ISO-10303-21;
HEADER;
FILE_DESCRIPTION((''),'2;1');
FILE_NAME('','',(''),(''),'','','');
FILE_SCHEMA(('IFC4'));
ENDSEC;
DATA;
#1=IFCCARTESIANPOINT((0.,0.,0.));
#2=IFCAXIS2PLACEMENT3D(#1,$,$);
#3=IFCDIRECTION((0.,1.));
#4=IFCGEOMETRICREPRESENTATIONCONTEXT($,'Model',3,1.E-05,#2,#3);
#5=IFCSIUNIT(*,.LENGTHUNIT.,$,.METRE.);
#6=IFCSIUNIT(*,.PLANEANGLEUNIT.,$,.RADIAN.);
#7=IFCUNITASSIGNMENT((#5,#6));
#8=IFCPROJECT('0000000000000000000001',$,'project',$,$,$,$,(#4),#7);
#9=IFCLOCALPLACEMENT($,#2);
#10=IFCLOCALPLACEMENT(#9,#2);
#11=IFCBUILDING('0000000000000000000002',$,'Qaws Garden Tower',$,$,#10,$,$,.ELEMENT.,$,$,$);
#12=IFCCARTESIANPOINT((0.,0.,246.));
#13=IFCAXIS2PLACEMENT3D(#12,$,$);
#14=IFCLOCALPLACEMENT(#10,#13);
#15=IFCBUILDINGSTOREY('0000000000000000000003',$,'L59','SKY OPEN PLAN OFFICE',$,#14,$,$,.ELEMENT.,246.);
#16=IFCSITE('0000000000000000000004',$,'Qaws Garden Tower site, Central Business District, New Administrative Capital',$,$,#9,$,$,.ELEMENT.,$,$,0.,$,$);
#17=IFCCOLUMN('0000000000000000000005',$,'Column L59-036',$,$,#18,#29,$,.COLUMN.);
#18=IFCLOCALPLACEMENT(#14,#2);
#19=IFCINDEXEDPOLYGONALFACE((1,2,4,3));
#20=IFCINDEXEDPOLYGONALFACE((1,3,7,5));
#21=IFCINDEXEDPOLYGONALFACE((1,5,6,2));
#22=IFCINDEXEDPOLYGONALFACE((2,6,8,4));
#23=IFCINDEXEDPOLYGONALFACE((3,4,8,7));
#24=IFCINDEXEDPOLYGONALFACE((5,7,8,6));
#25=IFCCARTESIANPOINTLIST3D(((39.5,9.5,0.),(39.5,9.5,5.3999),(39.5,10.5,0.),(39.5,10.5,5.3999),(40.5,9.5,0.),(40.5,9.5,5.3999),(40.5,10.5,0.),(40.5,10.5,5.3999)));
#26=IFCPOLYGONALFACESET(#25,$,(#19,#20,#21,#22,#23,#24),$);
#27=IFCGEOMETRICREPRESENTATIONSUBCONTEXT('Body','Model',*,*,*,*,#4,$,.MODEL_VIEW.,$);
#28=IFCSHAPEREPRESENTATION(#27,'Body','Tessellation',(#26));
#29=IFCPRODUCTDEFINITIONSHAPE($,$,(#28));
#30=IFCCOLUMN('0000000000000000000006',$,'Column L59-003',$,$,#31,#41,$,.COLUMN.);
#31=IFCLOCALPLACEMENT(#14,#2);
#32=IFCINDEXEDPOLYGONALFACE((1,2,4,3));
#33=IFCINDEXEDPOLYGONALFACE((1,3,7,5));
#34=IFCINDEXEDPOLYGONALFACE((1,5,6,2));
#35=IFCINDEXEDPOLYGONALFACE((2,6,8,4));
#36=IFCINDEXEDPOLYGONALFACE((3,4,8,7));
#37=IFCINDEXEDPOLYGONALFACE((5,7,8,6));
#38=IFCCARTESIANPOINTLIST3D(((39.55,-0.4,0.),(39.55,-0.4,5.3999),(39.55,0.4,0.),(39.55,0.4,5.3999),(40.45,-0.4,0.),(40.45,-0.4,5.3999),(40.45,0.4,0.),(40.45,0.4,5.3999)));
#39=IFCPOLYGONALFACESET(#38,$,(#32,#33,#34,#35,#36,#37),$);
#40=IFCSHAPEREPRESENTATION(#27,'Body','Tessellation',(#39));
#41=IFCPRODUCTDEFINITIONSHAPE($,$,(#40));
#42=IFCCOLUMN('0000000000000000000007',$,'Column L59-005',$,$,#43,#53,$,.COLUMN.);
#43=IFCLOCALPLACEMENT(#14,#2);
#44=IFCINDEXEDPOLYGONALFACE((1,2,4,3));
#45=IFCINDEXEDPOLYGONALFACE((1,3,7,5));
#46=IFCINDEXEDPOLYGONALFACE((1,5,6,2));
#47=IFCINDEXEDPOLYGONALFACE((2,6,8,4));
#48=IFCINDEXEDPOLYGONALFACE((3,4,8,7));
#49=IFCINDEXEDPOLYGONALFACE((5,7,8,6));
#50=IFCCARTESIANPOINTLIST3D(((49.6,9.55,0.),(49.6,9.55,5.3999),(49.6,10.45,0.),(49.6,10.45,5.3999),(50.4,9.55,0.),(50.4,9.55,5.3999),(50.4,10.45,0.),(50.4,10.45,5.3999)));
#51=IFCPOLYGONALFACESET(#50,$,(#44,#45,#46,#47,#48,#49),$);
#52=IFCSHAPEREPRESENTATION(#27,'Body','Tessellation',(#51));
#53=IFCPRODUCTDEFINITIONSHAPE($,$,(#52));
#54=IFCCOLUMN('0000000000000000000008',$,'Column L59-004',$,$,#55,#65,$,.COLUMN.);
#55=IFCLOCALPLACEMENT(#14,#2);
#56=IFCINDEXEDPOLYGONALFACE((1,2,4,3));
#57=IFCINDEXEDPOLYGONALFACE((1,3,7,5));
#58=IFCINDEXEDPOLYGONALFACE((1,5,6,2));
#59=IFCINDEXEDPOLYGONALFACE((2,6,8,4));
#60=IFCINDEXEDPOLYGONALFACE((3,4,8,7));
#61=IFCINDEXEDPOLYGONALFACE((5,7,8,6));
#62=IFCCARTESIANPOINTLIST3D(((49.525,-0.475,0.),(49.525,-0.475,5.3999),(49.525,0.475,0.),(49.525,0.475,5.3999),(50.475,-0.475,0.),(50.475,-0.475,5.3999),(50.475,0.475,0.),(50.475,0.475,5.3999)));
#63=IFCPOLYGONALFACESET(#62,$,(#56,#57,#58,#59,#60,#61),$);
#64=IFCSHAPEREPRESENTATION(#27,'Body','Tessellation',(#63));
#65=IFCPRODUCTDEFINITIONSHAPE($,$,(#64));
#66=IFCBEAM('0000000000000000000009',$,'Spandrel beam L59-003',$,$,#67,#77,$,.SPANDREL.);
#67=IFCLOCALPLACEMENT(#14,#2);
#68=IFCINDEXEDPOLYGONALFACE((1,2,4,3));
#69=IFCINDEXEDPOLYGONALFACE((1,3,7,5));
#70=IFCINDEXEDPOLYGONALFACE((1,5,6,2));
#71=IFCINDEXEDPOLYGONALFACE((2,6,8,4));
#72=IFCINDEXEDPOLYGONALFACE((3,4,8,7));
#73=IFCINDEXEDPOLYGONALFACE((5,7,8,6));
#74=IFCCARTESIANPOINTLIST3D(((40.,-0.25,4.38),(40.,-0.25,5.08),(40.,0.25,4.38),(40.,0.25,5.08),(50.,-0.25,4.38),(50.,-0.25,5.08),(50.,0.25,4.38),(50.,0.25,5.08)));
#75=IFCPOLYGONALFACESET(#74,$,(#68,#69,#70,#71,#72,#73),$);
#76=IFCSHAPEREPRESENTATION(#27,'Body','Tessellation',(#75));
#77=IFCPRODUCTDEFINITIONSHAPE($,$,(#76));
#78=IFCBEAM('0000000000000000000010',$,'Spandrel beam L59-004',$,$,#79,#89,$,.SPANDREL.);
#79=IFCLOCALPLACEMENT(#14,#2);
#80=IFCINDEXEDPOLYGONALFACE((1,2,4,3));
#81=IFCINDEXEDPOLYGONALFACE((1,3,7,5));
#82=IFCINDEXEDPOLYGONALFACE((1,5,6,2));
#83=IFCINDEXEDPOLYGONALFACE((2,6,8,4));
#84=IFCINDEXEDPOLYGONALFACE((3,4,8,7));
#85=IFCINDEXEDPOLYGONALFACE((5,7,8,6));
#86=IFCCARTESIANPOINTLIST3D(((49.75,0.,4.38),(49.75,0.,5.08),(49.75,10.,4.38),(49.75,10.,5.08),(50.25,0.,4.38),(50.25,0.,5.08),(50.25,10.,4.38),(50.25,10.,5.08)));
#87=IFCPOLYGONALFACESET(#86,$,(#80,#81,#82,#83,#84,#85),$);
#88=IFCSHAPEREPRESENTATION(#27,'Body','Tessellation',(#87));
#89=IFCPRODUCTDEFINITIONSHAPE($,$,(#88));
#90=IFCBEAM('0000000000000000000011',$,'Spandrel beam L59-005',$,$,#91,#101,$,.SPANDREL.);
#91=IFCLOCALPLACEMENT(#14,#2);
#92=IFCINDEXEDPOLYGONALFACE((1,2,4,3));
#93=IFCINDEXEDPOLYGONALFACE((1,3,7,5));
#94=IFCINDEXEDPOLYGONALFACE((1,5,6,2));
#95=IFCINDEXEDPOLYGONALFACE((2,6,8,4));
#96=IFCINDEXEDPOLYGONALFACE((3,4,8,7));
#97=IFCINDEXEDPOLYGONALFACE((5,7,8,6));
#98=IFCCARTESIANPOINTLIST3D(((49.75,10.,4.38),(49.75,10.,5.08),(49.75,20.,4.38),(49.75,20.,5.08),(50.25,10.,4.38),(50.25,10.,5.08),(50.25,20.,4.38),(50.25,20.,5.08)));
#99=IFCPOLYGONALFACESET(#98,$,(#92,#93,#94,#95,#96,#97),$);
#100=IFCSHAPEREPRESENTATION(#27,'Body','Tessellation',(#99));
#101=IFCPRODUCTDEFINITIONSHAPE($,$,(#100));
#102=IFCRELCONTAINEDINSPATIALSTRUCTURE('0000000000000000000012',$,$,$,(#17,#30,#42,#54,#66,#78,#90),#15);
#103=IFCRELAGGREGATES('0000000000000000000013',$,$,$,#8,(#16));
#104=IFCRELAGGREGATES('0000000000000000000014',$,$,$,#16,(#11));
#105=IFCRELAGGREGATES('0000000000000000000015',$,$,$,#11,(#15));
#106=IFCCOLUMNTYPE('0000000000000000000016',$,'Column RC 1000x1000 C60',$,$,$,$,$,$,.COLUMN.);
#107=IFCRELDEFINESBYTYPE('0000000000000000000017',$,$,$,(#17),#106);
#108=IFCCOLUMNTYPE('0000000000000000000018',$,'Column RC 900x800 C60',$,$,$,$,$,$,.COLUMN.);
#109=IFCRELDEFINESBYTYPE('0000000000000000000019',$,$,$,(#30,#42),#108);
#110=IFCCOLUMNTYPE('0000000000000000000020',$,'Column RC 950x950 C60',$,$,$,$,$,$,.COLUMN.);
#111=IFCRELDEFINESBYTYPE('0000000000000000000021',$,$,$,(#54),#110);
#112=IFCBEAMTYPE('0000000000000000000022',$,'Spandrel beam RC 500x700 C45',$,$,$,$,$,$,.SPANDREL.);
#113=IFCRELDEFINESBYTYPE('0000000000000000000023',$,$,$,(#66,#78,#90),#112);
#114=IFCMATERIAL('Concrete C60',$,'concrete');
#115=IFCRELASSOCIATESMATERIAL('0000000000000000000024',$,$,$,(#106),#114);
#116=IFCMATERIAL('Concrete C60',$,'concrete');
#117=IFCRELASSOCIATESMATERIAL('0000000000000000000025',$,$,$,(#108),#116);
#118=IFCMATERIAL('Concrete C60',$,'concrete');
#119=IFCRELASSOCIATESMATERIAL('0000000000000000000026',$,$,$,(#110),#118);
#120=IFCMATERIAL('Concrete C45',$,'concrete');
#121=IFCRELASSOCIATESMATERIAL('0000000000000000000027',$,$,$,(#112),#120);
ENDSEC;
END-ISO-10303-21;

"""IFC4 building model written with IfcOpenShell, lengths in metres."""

from ifc_helpers import new_model, si_unit, direction, frame, origin, origin_2d, place, context, subcontext, project, spatial, rectangle, extrude, material, material_profile, profile_set, type_object, element, save


model = new_model("IFC4")

# Units and contexts
model_context = context("Model", 3, precision=1e-05, world=origin(), true_north=direction((0.0, 1.0)))
body_context = subcontext(model_context, "Body", "Model", "MODEL_VIEW")
ifc_project = project(units=[si_unit("LENGTHUNIT", "METRE"), si_unit("PLANEANGLEUNIT", "RADIAN")], contexts=[model_context])

# Site, building, storey
site_placement = place(None, origin())
site = spatial("IfcSite", under=ifc_project, at=site_placement, Name="Qaws Garden Tower site, Central Business District, New Administrative Capital", CompositionType="ELEMENT", RefElevation=0.0)
building_placement = place(site_placement, origin())
building = spatial("IfcBuilding", under=site, at=building_placement, Name="Qaws Garden Tower", CompositionType="ELEMENT")
storey_placement = place(building_placement, frame((0.0, 0.0, 246.0)))
storey = spatial("IfcBuildingStorey", under=building, at=storey_placement, Name="L59", Description="SKY OPEN PLAN OFFICE", CompositionType="ELEMENT", Elevation=246.0)

# Columns
ifc_material_1 = material(Name="Concrete C60", Category="concrete")
ifc_material_profile_1 = material_profile(ifc_material_1, rectangle(XDim=1.0, YDim=1.0, at=origin_2d()), Name="RC 1000x1000")
ifc_profile_set_1 = profile_set([ifc_material_profile_1], Name="Concrete C60")
column_type_1 = type_object("IfcColumnType", Name="Column RC 1000x1000 C60", PredefinedType="COLUMN", material=ifc_profile_set_1)
column_1_placement = place(storey_placement, frame((40.0, 10.0, 0.0), z_axis=(0.0, 0.0, 1.0), x_axis=(1.0, 0.0, 0.0)))
element("IfcColumn", 1, at=column_1_placement, inside=storey, type_object=column_type_1, Name="Column L59-036", PredefinedType="COLUMN", context=body_context, shape_type="SweptSolid", body=[
    extrude(rectangle(XDim=1.0, YDim=1.0, at=origin_2d()), origin(), (0.0, 0.0, 1.0), 5.3999),
])
ifc_material_2 = material(Name="Concrete C60", Category="concrete")
ifc_material_profile_2 = material_profile(ifc_material_2, rectangle(XDim=0.8999, YDim=0.8, at=origin_2d()), Name="RC 900x800")
ifc_profile_set_2 = profile_set([ifc_material_profile_2], Name="Concrete C60")
column_type_2 = type_object("IfcColumnType", Name="Column RC 900x800 C60", PredefinedType="COLUMN", material=ifc_profile_set_2)
for number, where, z_axis, x_axis, name in (
    (2, (40.0, 0.0, 0.0), (0.0, 0.0, 1.0), (1.0, 0.0, 0.0), "Column L59-003"),
    (3, (50.0, 10.0, 0.0), (0.0, 0.0, 1.0), (0.0, 1.0, 0.0), "Column L59-005"),
):
    element("IfcColumn", number, at=place(storey_placement, frame(where, z_axis=z_axis, x_axis=x_axis)), inside=storey, type_object=column_type_2, Name=name, PredefinedType="COLUMN", context=body_context, shape_type="SweptSolid", body=[
        extrude(rectangle(XDim=0.8999, YDim=0.8, at=origin_2d()), origin(), (0.0, 0.0, 1.0), 5.3999),
    ])
ifc_material_3 = material(Name="Concrete C60", Category="concrete")
ifc_material_profile_3 = material_profile(ifc_material_3, rectangle(XDim=0.95, YDim=0.95, at=origin_2d()), Name="RC 950x950")
ifc_profile_set_3 = profile_set([ifc_material_profile_3], Name="Concrete C60")
column_type_3 = type_object("IfcColumnType", Name="Column RC 950x950 C60", PredefinedType="COLUMN", material=ifc_profile_set_3)
column_2_placement = place(storey_placement, frame((50.0, 0.0, 0.0), z_axis=(0.0, 0.0, 1.0), x_axis=(1.0, 0.0, 0.0)))
element("IfcColumn", 4, at=column_2_placement, inside=storey, type_object=column_type_3, Name="Column L59-004", PredefinedType="COLUMN", context=body_context, shape_type="SweptSolid", body=[
    extrude(rectangle(XDim=0.95, YDim=0.95, at=origin_2d()), origin(), (0.0, 0.0, 1.0), 5.3999),
])

# Beams
ifc_material_4 = material(Name="Concrete C45", Category="concrete")
ifc_material_profile_4 = material_profile(ifc_material_4, rectangle(XDim=0.5, YDim=0.7, at=origin_2d()), Name="RC 500x700")
ifc_profile_set_4 = profile_set([ifc_material_profile_4], Name="Concrete C45")
beam_type = type_object("IfcBeamType", Name="Spandrel beam RC 500x700 C45", PredefinedType="SPANDREL", material=ifc_profile_set_4)
for number, where, z_axis, x_axis, name in (
    (5, (40.0, 0.0, 4.73), (1.0, 0.0, 0.0), (0.0, 1.0, 0.0), "Spandrel beam L59-003"),
    (6, (50.0, 0.0, 4.73), (0.0, 1.0, 0.0), (-1.0, 0.0, 0.0), "Spandrel beam L59-004"),
    (7, (50.0, 10.0, 4.73), (0.0, 1.0, 0.0), (-1.0, 0.0, 0.0), "Spandrel beam L59-005"),
):
    element("IfcBeam", number, at=place(storey_placement, frame(where, z_axis=z_axis, x_axis=x_axis)), inside=storey, type_object=beam_type, Name=name, PredefinedType="SPANDREL", context=body_context, shape_type="SweptSolid", body=[
        extrude(rectangle(XDim=0.5, YDim=0.7, at=origin_2d()), origin(), (0.0, 0.0, 1.0), 10.0),
    ])

save(model, "model.ifc")
